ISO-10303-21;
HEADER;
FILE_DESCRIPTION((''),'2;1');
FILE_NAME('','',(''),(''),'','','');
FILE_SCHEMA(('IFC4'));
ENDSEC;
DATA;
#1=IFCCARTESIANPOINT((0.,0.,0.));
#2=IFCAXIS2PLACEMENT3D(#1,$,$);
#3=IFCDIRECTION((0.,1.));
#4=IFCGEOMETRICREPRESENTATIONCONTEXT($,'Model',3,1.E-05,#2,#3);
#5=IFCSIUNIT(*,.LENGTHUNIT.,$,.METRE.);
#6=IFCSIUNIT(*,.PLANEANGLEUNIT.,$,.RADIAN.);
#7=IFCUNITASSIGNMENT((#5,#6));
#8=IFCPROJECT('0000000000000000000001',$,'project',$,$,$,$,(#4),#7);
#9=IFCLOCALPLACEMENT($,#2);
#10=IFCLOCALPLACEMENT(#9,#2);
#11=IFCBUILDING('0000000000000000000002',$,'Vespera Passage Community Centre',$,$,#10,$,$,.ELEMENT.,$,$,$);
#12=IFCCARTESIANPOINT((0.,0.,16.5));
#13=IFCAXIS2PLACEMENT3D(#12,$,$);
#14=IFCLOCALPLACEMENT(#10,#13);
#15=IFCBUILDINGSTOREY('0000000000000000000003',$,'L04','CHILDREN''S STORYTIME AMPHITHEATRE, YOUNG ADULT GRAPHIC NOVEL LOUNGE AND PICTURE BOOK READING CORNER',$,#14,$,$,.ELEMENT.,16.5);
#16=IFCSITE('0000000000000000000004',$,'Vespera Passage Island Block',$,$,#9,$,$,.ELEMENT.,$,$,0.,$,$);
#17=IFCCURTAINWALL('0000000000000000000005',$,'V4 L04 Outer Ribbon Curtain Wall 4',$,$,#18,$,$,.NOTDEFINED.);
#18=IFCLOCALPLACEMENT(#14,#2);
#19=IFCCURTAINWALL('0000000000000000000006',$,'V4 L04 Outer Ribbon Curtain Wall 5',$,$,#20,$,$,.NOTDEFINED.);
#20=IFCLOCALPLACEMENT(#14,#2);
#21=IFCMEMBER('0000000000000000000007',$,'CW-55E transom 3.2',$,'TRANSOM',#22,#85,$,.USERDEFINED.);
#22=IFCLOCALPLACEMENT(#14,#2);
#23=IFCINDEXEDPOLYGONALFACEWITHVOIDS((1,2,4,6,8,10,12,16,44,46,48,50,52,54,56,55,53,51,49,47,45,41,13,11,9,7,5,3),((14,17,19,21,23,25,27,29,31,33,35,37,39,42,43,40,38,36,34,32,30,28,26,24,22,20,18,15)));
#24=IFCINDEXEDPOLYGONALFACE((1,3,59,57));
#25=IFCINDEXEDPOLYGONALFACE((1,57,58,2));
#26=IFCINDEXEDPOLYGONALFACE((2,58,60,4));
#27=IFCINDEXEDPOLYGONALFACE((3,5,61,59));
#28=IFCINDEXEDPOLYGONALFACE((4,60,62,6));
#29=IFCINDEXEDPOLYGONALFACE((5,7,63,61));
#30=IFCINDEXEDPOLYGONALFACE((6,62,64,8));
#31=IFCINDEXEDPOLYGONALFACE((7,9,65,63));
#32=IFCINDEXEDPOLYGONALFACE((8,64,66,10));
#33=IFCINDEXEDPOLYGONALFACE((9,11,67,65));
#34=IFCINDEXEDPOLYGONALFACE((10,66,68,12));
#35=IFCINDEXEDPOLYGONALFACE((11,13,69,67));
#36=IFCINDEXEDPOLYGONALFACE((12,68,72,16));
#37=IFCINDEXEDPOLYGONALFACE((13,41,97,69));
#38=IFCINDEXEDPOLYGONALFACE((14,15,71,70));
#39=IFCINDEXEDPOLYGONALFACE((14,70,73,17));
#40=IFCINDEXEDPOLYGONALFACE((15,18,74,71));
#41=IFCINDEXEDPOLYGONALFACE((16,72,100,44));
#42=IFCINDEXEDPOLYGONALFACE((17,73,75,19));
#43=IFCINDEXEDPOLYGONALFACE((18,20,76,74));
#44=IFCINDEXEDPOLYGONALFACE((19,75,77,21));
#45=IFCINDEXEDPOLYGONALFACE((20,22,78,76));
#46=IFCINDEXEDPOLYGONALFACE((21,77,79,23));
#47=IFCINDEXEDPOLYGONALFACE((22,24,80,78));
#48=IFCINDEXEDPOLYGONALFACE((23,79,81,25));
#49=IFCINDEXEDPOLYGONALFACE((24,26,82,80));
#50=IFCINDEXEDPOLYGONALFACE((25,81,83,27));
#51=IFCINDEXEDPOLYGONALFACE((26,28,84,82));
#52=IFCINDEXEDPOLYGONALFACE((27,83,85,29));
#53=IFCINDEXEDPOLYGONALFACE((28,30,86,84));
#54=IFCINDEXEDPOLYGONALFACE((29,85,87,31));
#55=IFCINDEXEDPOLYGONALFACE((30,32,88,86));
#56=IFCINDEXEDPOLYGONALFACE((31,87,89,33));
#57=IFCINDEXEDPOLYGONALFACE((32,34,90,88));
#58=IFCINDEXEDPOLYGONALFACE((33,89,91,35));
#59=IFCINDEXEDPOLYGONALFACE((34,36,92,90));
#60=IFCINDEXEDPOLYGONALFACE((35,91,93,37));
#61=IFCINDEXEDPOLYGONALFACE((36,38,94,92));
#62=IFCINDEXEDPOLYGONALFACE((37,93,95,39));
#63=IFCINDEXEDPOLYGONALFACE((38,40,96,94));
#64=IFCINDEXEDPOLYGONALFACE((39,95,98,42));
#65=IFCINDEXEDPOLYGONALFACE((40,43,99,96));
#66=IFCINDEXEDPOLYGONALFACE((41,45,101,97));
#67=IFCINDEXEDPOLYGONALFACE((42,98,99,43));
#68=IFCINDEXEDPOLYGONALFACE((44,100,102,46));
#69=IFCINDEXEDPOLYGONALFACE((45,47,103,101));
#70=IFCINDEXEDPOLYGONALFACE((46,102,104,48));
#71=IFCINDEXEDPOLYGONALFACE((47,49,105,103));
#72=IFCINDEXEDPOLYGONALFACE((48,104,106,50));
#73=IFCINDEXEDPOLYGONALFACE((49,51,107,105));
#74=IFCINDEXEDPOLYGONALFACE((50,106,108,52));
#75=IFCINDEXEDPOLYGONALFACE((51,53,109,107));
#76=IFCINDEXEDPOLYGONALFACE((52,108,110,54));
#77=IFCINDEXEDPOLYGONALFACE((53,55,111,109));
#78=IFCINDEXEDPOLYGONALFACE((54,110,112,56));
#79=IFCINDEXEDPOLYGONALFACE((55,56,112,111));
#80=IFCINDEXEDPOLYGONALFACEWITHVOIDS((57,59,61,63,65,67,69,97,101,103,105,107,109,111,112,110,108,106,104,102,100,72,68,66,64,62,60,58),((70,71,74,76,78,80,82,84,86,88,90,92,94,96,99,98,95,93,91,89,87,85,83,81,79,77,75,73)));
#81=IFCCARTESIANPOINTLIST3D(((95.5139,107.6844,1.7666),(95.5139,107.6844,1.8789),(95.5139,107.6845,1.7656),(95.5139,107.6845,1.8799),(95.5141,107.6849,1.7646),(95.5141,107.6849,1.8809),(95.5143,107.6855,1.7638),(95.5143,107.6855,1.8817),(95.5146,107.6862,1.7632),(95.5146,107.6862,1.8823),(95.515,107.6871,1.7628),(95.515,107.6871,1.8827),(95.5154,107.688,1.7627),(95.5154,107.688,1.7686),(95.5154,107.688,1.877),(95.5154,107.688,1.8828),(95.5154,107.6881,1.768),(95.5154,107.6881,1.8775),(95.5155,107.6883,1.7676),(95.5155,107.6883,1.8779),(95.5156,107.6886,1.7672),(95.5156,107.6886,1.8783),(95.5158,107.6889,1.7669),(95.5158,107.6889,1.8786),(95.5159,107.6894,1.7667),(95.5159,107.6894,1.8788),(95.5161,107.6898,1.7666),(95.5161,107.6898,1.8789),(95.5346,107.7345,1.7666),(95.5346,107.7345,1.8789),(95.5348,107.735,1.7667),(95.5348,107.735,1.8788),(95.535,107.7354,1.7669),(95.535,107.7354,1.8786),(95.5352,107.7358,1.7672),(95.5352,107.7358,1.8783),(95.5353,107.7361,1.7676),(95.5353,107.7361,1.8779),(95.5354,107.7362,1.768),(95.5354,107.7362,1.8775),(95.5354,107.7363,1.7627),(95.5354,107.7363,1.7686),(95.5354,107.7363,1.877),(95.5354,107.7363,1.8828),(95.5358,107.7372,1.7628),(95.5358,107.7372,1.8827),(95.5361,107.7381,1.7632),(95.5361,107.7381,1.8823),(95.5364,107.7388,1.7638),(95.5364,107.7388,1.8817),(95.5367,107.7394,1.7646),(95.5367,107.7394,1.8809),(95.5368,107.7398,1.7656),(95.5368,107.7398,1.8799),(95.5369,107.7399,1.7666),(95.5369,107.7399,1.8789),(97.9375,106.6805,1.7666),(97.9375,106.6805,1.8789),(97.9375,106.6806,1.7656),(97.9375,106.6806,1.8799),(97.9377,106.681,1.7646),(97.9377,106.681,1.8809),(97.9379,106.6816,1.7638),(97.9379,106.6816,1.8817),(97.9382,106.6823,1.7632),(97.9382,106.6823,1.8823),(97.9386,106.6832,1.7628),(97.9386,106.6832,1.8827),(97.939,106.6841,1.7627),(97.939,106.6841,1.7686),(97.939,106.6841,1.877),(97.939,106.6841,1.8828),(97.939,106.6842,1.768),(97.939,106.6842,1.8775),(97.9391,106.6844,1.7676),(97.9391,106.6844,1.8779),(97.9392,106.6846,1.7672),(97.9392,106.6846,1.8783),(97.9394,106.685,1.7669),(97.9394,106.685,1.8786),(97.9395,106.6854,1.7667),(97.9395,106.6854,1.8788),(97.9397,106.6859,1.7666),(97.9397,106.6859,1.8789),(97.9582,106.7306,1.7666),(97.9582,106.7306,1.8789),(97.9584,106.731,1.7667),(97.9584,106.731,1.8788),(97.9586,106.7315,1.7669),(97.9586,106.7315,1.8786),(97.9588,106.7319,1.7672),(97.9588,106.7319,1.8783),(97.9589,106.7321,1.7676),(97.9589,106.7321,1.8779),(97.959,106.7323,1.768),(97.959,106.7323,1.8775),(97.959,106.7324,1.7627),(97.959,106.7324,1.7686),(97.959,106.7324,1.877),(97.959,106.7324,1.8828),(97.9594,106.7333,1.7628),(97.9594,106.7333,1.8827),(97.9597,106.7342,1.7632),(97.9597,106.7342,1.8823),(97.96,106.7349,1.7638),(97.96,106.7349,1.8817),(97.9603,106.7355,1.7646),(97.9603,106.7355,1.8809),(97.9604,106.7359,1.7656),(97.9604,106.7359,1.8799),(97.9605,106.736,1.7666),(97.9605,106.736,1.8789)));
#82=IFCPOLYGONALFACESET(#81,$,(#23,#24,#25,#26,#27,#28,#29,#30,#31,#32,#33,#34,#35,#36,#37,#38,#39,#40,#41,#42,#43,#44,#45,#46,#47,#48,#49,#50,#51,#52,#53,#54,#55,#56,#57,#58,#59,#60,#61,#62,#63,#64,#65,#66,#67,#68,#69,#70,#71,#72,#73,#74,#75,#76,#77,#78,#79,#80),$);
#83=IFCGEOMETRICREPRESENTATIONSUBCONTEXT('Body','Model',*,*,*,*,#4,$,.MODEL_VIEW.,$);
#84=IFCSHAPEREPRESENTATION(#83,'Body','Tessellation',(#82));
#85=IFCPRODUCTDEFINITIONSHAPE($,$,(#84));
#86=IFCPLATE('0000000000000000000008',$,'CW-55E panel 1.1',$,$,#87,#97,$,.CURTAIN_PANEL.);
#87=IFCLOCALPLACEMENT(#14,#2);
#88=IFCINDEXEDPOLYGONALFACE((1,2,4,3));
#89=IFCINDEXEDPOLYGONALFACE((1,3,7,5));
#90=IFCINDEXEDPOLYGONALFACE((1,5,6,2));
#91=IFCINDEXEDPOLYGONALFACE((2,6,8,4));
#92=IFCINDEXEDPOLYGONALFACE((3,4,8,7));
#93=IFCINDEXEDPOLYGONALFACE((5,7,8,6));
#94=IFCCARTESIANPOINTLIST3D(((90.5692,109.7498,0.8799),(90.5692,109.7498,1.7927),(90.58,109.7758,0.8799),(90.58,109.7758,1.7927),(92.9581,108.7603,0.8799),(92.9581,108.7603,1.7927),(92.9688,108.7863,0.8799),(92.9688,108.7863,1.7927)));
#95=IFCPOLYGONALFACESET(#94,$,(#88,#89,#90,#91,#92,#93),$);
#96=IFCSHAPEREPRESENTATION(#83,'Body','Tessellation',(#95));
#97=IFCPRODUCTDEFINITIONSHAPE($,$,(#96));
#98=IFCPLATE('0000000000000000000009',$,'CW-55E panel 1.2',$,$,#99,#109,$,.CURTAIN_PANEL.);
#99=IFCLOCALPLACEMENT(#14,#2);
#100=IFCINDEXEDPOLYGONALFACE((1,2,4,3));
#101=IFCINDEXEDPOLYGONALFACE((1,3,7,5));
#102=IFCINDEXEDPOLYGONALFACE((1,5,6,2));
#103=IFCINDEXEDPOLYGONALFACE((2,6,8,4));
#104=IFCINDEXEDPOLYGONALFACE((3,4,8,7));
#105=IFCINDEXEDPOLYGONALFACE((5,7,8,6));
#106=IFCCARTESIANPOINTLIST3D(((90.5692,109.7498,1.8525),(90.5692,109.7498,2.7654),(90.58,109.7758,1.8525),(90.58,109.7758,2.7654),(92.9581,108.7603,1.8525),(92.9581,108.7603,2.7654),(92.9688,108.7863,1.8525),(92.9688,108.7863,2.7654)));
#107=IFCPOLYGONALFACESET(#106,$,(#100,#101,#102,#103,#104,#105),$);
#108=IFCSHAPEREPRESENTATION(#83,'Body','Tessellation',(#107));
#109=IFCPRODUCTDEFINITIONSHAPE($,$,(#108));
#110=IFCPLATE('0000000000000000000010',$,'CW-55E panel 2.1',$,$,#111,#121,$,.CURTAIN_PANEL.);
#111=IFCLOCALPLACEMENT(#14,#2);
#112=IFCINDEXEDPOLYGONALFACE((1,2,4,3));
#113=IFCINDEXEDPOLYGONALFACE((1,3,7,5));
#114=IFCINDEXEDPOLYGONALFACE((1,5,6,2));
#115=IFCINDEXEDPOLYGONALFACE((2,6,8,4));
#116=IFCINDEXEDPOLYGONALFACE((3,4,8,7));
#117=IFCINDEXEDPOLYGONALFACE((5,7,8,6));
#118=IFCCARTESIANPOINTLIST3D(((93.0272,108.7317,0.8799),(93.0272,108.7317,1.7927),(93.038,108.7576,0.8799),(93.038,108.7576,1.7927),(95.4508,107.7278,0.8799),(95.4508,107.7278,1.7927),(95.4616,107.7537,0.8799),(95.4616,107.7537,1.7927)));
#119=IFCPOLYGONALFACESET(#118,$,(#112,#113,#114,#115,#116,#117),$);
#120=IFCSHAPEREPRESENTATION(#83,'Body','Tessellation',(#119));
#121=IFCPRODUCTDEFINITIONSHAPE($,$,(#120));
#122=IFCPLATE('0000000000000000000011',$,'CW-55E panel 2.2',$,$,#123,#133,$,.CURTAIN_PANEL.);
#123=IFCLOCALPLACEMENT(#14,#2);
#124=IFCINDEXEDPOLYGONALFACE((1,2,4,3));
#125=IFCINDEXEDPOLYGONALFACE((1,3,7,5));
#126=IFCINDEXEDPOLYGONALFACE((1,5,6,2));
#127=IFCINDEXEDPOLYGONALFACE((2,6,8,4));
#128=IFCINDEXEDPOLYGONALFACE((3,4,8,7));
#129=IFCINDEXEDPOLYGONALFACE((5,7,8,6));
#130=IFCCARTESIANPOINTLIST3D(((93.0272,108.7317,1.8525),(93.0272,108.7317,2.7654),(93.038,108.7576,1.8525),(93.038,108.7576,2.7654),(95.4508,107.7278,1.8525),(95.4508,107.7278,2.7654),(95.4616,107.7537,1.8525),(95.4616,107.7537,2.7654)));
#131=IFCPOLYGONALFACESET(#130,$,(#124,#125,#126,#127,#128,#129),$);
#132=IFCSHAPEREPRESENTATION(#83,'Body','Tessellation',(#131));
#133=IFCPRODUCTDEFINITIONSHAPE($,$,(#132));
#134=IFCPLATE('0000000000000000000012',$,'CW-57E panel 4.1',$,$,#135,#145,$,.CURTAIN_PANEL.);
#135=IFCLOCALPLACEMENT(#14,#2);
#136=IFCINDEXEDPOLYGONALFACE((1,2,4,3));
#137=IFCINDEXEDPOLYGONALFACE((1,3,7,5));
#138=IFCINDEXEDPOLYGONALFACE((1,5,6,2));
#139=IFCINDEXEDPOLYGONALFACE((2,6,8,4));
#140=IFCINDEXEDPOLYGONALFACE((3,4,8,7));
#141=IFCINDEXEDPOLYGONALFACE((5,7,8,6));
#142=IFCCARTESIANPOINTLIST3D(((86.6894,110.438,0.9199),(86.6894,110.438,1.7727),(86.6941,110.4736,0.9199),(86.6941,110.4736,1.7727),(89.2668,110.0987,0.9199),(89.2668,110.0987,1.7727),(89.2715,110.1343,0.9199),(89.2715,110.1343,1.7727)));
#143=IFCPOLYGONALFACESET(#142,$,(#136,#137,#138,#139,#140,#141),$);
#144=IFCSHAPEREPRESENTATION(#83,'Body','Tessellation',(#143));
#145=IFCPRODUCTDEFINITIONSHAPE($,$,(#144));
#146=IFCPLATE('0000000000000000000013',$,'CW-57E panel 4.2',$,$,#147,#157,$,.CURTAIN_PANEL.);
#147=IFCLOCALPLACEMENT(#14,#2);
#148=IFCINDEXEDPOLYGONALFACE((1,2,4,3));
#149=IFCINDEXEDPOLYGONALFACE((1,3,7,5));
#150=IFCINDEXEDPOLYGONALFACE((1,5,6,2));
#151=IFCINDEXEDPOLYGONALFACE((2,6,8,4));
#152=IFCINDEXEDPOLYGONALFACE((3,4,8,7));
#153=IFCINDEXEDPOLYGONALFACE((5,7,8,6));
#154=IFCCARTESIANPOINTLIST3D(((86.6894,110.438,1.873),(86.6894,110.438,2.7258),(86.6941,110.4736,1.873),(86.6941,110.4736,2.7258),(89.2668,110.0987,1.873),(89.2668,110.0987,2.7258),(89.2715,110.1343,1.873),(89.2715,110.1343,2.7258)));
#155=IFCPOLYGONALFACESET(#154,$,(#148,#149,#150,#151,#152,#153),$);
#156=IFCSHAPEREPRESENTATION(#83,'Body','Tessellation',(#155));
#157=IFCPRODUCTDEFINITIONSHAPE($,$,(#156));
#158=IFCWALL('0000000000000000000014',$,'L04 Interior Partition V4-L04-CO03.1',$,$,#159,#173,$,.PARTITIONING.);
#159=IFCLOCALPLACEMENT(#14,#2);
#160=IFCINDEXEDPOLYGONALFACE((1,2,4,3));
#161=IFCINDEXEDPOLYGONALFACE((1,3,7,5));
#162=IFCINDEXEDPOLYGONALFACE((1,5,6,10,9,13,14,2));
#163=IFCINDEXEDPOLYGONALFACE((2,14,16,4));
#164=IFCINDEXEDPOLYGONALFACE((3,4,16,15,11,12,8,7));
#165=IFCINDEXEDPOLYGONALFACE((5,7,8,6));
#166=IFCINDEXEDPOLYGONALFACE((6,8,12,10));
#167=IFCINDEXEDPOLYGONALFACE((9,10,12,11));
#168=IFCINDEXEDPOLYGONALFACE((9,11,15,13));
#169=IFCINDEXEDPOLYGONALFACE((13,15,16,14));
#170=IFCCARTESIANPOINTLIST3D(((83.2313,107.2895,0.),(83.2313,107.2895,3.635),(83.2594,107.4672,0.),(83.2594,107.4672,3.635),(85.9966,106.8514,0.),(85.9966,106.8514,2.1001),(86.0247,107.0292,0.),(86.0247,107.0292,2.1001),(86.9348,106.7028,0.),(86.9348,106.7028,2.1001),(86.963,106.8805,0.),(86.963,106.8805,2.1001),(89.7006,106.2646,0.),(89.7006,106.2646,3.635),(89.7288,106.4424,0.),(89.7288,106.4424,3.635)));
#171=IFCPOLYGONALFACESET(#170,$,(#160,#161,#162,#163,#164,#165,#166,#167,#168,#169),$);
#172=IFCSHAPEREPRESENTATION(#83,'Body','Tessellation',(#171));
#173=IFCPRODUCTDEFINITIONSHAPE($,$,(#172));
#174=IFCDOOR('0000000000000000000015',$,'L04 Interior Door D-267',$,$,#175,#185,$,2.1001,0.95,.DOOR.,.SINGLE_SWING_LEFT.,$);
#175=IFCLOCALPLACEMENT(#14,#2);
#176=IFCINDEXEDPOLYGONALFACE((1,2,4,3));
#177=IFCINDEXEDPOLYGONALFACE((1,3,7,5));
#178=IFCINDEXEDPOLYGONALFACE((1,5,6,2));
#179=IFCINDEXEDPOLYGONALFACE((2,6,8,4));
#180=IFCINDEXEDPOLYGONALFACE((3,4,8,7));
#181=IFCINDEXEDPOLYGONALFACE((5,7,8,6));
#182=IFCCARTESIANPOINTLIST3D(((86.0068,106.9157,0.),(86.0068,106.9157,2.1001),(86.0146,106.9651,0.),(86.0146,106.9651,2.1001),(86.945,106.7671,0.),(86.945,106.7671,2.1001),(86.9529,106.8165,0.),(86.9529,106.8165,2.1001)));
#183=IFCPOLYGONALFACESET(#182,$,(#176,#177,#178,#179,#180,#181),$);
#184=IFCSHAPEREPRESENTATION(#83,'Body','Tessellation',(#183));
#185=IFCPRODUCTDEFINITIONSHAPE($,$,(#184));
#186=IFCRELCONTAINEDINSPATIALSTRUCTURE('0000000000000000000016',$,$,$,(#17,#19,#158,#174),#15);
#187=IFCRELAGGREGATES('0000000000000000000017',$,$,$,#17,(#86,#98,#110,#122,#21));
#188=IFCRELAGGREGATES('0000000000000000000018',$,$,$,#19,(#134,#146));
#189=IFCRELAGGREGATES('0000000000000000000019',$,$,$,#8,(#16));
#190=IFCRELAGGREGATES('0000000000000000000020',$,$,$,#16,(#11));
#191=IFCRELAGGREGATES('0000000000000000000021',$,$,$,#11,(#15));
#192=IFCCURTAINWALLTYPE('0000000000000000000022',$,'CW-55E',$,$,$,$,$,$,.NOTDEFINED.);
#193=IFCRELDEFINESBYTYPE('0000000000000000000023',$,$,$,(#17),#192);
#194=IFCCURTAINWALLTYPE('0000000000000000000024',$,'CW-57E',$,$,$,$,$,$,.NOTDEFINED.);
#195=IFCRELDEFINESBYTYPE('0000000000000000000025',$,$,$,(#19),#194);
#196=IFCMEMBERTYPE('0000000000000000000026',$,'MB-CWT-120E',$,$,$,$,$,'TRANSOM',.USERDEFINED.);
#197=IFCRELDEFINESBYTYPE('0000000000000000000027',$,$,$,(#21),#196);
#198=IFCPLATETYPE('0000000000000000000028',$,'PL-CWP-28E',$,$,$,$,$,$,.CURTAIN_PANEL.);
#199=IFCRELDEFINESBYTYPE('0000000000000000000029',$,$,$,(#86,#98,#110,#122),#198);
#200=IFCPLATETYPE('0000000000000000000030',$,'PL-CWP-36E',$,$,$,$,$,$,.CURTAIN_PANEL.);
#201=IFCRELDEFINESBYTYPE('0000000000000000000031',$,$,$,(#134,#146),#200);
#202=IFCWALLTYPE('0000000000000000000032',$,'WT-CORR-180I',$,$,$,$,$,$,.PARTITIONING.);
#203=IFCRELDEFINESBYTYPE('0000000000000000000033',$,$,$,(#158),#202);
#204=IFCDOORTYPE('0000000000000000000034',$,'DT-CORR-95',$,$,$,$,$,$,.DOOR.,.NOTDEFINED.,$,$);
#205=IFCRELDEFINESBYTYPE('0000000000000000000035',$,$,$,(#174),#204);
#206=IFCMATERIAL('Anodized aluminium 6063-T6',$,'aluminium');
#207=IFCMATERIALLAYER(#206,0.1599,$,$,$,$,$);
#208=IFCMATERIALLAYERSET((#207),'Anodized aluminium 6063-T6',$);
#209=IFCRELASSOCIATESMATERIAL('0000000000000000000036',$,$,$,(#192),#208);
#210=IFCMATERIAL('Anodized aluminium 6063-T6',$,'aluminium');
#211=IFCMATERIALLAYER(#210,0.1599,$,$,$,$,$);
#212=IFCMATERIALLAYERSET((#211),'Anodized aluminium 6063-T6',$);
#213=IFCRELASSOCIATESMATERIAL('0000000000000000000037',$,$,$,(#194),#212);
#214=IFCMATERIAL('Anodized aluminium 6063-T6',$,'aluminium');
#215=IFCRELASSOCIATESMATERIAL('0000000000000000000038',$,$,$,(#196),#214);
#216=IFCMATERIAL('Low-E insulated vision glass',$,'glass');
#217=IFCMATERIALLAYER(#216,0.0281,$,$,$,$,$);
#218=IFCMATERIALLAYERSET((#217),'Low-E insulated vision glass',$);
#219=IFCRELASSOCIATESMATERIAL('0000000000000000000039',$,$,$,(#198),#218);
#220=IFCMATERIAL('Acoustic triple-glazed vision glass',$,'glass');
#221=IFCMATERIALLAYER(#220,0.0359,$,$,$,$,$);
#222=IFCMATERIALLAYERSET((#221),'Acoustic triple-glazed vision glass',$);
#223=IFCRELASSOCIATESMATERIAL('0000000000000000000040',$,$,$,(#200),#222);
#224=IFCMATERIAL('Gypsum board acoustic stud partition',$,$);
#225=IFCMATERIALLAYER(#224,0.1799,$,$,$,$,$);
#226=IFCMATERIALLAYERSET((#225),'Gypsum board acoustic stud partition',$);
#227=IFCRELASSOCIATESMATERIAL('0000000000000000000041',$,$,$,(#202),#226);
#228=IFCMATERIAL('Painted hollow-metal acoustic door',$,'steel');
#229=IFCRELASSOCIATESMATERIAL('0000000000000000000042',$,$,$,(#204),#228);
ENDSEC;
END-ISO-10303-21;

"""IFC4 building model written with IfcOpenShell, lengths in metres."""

from ifc_helpers import new_model, si_unit, direction, frame, frame_2d, origin, origin_2d, place, context, subcontext, project, spatial, rectangle, hollow_rectangle, extrude, material, layer, layer_set, material_profile, profile_set, type_object, element, fill, aggregate, save


model = new_model("IFC4")

# Units and contexts
model_context = context("Model", 3, precision=1e-05, world=origin(), true_north=direction((0.0, 1.0)))
body_context = subcontext(model_context, "Body", "Model", "MODEL_VIEW")
ifc_project = project(units=[si_unit("LENGTHUNIT", "METRE"), si_unit("PLANEANGLEUNIT", "RADIAN")], contexts=[model_context])

# Site, building, storey
site_placement = place(None, origin())
site = spatial("IfcSite", under=ifc_project, at=site_placement, Name="Vespera Passage Island Block", CompositionType="ELEMENT", RefElevation=0.0)
building_placement = place(site_placement, origin())
building = spatial("IfcBuilding", under=site, at=building_placement, Name="Vespera Passage Community Centre", CompositionType="ELEMENT")
storey_placement = place(building_placement, frame((0.0, 0.0, 16.5)))
storey = spatial("IfcBuildingStorey", under=building, at=storey_placement, Name="L04", Description="CHILDREN'S STORYTIME AMPHITHEATRE, YOUNG ADULT GRAPHIC NOVEL LOUNGE AND PICTURE BOOK READING CORNER", CompositionType="ELEMENT", Elevation=16.5)

# Curtain wall
ifc_material_1 = material(Name="Anodized aluminium 6063-T6", Category="aluminium")
ifc_layer_1 = layer(ifc_material_1, 0.1599)
ifc_layer_set_1 = layer_set([ifc_layer_1], Name="Anodized aluminium 6063-T6")
curtain_wall_type_1 = type_object("IfcCurtainWallType", Name="CW-55E", PredefinedType="NOTDEFINED", material=ifc_layer_set_1)
curtain_wall_1_placement = place(storey_placement, origin())
curtain_wall_1 = element("IfcCurtainWall", 1, at=curtain_wall_1_placement, inside=storey, type_object=curtain_wall_type_1, Name="V4 L04 Outer Ribbon Curtain Wall 4", PredefinedType="NOTDEFINED")

# Curtain wall
ifc_material_2 = material(Name="Anodized aluminium 6063-T6", Category="aluminium")
ifc_layer_2 = layer(ifc_material_2, 0.1599)
ifc_layer_set_2 = layer_set([ifc_layer_2], Name="Anodized aluminium 6063-T6")
curtain_wall_type_2 = type_object("IfcCurtainWallType", Name="CW-57E", PredefinedType="NOTDEFINED", material=ifc_layer_set_2)
curtain_wall_2_placement = place(storey_placement, origin())
curtain_wall_2 = element("IfcCurtainWall", 2, at=curtain_wall_2_placement, inside=storey, type_object=curtain_wall_type_2, Name="V4 L04 Outer Ribbon Curtain Wall 5", PredefinedType="NOTDEFINED")

# Member
ifc_material_3 = material(Name="Anodized aluminium 6063-T6", Category="aluminium")
ifc_material_profile_1 = material_profile(ifc_material_3, hollow_rectangle(XDim=0.0601, YDim=0.1201, WallThickness=0.0039, InnerFilletRadius=0.002, OuterFilletRadius=0.0039, at=origin_2d()), Name="ALU120X60X4")
ifc_profile_set_1 = profile_set([ifc_material_profile_1], Name="Anodized aluminium 6063-T6")
member_type_1 = type_object("IfcMemberType", Name="MB-CWT-120E", ElementType="TRANSOM", PredefinedType="USERDEFINED", material=ifc_profile_set_1)
member_1_placement = place(storey_placement, frame((95.5254, 107.7122, 1.8228), z_axis=(0.923876, -0.382692, 0.0), x_axis=(0.382692, 0.923876, 0.0)))
member_1 = element("IfcMember", 3, at=member_1_placement, type_object=member_type_1, Name="CW-55E transom 3.2", ObjectType="TRANSOM", PredefinedType="USERDEFINED", context=body_context, shape_type="SweptSolid", body=[
    extrude(hollow_rectangle(XDim=0.0601, YDim=0.1201, WallThickness=0.0039, InnerFilletRadius=0.002, OuterFilletRadius=0.0039, at=origin_2d()), origin(), (0.0, 0.0, 1.0), 2.6233),
])

# Plates
ifc_material_4 = material(Name="Low-E insulated vision glass", Category="glass")
ifc_layer_3 = layer(ifc_material_4, 0.0281)
ifc_layer_set_3 = layer_set([ifc_layer_3], Name="Low-E insulated vision glass")
plate_type_1 = type_object("IfcPlateType", Name="PL-CWP-28E", PredefinedType="CURTAIN_PANEL", material=ifc_layer_set_3)
plate_1_placement = place(storey_placement, frame((91.769, 109.2681, 0.8799), z_axis=(0.0, 0.0, 1.0), x_axis=(0.92388, -0.382683, 0.0)))
plate_1 = element("IfcPlate", 4, at=plate_1_placement, type_object=plate_type_1, Name="CW-55E panel 1.1", PredefinedType="CURTAIN_PANEL", context=body_context, shape_type="SweptSolid", body=[
    extrude(rectangle(XDim=2.5857, YDim=0.0281, at=origin_2d()), origin(), (0.0, 0.0, 1.0), 0.9128),
])
plate_2_placement = place(storey_placement, frame((91.769, 109.2681, 1.8525), z_axis=(0.0, 0.0, 1.0), x_axis=(0.92388, -0.382683, 0.0)))
plate_2 = element("IfcPlate", 5, at=plate_2_placement, type_object=plate_type_1, Name="CW-55E panel 1.2", PredefinedType="CURTAIN_PANEL", context=body_context, shape_type="SweptSolid", body=[
    extrude(rectangle(XDim=2.5857, YDim=0.0281, at=origin_2d()), origin(), (0.0, 0.0, 1.0), 0.9128),
])
plate_3_placement = place(storey_placement, frame((94.2444, 108.2427, 0.8799), z_axis=(0.0, 0.0, 1.0), x_axis=(0.92388, -0.382683, 0.0)))
plate_3 = element("IfcPlate", 6, at=plate_3_placement, type_object=plate_type_1, Name="CW-55E panel 2.1", PredefinedType="CURTAIN_PANEL", context=body_context, shape_type="SweptSolid", body=[
    extrude(rectangle(XDim=2.6233, YDim=0.0281, at=origin_2d()), origin(), (0.0, 0.0, 1.0), 0.9128),
])
plate_4_placement = place(storey_placement, frame((94.2444, 108.2427, 1.8525), z_axis=(0.0, 0.0, 1.0), x_axis=(0.92388, -0.382683, 0.0)))
plate_4 = element("IfcPlate", 7, at=plate_4_placement, type_object=plate_type_1, Name="CW-55E panel 2.2", PredefinedType="CURTAIN_PANEL", context=body_context, shape_type="SweptSolid", body=[
    extrude(rectangle(XDim=2.6233, YDim=0.0281, at=origin_2d()), origin(), (0.0, 0.0, 1.0), 0.9128),
])
aggregate(curtain_wall_1, [plate_1, plate_2, plate_3, plate_4, member_1])
ifc_material_5 = material(Name="Acoustic triple-glazed vision glass", Category="glass")
ifc_layer_4 = layer(ifc_material_5, 0.0359)
ifc_layer_set_4 = layer_set([ifc_layer_4], Name="Acoustic triple-glazed vision glass")
plate_type_2 = type_object("IfcPlateType", Name="PL-CWP-36E", PredefinedType="CURTAIN_PANEL", material=ifc_layer_set_4)
plate_5_placement = place(storey_placement, frame((87.9805, 110.2861, 0.9199), z_axis=(0.0, 0.0, 1.0), x_axis=(0.991444, -0.130531, 0.0)))
plate_5 = element("IfcPlate", 8, at=plate_5_placement, type_object=plate_type_2, Name="CW-57E panel 4.1", PredefinedType="CURTAIN_PANEL", context=body_context, shape_type="SweptSolid", body=[
    extrude(rectangle(XDim=2.5996, YDim=0.0359, at=origin_2d()), origin(), (0.0, 0.0, 1.0), 0.8528),
])
plate_6_placement = place(storey_placement, frame((87.9805, 110.2861, 1.873), z_axis=(0.0, 0.0, 1.0), x_axis=(0.991444, -0.130531, 0.0)))
plate_6 = element("IfcPlate", 9, at=plate_6_placement, type_object=plate_type_2, Name="CW-57E panel 4.2", PredefinedType="CURTAIN_PANEL", context=body_context, shape_type="SweptSolid", body=[
    extrude(rectangle(XDim=2.5996, YDim=0.0359, at=origin_2d()), origin(), (0.0, 0.0, 1.0), 0.8528),
])
aggregate(curtain_wall_2, [plate_5, plate_6])

# Wall, opening, door
ifc_material_6 = material(Name="Gypsum board acoustic stud partition")
ifc_layer_5 = layer(ifc_material_6, 0.1799)
ifc_layer_set_5 = layer_set([ifc_layer_5], Name="Gypsum board acoustic stud partition")
wall_type_1 = type_object("IfcWallType", Name="WT-CORR-180I", PredefinedType="PARTITIONING", material=ifc_layer_set_5)
wall_1_placement = place(storey_placement, frame((89.7146, 106.3535, 0.0), z_axis=(0.0, 0.0, 1.0), x_axis=(-0.987683, 0.15647, 0.0)))
wall_1 = element("IfcWall", 10, at=wall_1_placement, inside=storey, type_object=wall_type_1, Name="L04 Interior Partition V4-L04-CO03.1", PredefinedType="PARTITIONING", context=body_context, shape_type="SweptSolid", body=[
    extrude(rectangle(XDim=6.55, YDim=0.1799, at=frame_2d((3.2749, 0.0))), origin(), (0.0, 0.0, 1.0), 3.635),
])
opening_1_placement = place(wall_1_placement, frame((2.8, 0.0, 0.0)))
opening_1 = element("IfcOpeningElement", 11, at=opening_1_placement, cuts=wall_1, PredefinedType="OPENING", context=body_context, shape_type="SweptSolid", body=[
    extrude(rectangle(XDim=0.95, YDim=2.1001, at=frame_2d((0.4751, 1.05))), frame((0.0, 0.0999, 0.0), z_axis=(0.0, -1.0, 0.0), x_axis=(1.0, 0.0, 0.0)), (0.0, 0.0, 1.0), 0.2),
])
ifc_material_7 = material(Name="Painted hollow-metal acoustic door", Category="steel")
door_type_1 = type_object("IfcDoorType", Name="DT-CORR-95", OperationType="NOTDEFINED", PredefinedType="DOOR", material=ifc_material_7)
door_1_placement = place(opening_1_placement, origin())
door_1 = element("IfcDoor", 12, at=door_1_placement, inside=storey, type_object=door_type_1, Name="L04 Interior Door D-267", OperationType="SINGLE_SWING_LEFT", OverallHeight=2.1001, OverallWidth=0.95, PredefinedType="DOOR", context=body_context, shape_type="SweptSolid", body=[
    extrude(rectangle(XDim=0.95, YDim=2.1001, at=frame_2d((0.4751, 1.05))), frame((0.0, 0.0249, 0.0), z_axis=(0.0, -1.0, 0.0), x_axis=(1.0, 0.0, 0.0)), (0.0, 0.0, 1.0), 0.05),
])
fill(opening_1, door_1)

save(model, "model.ifc")
